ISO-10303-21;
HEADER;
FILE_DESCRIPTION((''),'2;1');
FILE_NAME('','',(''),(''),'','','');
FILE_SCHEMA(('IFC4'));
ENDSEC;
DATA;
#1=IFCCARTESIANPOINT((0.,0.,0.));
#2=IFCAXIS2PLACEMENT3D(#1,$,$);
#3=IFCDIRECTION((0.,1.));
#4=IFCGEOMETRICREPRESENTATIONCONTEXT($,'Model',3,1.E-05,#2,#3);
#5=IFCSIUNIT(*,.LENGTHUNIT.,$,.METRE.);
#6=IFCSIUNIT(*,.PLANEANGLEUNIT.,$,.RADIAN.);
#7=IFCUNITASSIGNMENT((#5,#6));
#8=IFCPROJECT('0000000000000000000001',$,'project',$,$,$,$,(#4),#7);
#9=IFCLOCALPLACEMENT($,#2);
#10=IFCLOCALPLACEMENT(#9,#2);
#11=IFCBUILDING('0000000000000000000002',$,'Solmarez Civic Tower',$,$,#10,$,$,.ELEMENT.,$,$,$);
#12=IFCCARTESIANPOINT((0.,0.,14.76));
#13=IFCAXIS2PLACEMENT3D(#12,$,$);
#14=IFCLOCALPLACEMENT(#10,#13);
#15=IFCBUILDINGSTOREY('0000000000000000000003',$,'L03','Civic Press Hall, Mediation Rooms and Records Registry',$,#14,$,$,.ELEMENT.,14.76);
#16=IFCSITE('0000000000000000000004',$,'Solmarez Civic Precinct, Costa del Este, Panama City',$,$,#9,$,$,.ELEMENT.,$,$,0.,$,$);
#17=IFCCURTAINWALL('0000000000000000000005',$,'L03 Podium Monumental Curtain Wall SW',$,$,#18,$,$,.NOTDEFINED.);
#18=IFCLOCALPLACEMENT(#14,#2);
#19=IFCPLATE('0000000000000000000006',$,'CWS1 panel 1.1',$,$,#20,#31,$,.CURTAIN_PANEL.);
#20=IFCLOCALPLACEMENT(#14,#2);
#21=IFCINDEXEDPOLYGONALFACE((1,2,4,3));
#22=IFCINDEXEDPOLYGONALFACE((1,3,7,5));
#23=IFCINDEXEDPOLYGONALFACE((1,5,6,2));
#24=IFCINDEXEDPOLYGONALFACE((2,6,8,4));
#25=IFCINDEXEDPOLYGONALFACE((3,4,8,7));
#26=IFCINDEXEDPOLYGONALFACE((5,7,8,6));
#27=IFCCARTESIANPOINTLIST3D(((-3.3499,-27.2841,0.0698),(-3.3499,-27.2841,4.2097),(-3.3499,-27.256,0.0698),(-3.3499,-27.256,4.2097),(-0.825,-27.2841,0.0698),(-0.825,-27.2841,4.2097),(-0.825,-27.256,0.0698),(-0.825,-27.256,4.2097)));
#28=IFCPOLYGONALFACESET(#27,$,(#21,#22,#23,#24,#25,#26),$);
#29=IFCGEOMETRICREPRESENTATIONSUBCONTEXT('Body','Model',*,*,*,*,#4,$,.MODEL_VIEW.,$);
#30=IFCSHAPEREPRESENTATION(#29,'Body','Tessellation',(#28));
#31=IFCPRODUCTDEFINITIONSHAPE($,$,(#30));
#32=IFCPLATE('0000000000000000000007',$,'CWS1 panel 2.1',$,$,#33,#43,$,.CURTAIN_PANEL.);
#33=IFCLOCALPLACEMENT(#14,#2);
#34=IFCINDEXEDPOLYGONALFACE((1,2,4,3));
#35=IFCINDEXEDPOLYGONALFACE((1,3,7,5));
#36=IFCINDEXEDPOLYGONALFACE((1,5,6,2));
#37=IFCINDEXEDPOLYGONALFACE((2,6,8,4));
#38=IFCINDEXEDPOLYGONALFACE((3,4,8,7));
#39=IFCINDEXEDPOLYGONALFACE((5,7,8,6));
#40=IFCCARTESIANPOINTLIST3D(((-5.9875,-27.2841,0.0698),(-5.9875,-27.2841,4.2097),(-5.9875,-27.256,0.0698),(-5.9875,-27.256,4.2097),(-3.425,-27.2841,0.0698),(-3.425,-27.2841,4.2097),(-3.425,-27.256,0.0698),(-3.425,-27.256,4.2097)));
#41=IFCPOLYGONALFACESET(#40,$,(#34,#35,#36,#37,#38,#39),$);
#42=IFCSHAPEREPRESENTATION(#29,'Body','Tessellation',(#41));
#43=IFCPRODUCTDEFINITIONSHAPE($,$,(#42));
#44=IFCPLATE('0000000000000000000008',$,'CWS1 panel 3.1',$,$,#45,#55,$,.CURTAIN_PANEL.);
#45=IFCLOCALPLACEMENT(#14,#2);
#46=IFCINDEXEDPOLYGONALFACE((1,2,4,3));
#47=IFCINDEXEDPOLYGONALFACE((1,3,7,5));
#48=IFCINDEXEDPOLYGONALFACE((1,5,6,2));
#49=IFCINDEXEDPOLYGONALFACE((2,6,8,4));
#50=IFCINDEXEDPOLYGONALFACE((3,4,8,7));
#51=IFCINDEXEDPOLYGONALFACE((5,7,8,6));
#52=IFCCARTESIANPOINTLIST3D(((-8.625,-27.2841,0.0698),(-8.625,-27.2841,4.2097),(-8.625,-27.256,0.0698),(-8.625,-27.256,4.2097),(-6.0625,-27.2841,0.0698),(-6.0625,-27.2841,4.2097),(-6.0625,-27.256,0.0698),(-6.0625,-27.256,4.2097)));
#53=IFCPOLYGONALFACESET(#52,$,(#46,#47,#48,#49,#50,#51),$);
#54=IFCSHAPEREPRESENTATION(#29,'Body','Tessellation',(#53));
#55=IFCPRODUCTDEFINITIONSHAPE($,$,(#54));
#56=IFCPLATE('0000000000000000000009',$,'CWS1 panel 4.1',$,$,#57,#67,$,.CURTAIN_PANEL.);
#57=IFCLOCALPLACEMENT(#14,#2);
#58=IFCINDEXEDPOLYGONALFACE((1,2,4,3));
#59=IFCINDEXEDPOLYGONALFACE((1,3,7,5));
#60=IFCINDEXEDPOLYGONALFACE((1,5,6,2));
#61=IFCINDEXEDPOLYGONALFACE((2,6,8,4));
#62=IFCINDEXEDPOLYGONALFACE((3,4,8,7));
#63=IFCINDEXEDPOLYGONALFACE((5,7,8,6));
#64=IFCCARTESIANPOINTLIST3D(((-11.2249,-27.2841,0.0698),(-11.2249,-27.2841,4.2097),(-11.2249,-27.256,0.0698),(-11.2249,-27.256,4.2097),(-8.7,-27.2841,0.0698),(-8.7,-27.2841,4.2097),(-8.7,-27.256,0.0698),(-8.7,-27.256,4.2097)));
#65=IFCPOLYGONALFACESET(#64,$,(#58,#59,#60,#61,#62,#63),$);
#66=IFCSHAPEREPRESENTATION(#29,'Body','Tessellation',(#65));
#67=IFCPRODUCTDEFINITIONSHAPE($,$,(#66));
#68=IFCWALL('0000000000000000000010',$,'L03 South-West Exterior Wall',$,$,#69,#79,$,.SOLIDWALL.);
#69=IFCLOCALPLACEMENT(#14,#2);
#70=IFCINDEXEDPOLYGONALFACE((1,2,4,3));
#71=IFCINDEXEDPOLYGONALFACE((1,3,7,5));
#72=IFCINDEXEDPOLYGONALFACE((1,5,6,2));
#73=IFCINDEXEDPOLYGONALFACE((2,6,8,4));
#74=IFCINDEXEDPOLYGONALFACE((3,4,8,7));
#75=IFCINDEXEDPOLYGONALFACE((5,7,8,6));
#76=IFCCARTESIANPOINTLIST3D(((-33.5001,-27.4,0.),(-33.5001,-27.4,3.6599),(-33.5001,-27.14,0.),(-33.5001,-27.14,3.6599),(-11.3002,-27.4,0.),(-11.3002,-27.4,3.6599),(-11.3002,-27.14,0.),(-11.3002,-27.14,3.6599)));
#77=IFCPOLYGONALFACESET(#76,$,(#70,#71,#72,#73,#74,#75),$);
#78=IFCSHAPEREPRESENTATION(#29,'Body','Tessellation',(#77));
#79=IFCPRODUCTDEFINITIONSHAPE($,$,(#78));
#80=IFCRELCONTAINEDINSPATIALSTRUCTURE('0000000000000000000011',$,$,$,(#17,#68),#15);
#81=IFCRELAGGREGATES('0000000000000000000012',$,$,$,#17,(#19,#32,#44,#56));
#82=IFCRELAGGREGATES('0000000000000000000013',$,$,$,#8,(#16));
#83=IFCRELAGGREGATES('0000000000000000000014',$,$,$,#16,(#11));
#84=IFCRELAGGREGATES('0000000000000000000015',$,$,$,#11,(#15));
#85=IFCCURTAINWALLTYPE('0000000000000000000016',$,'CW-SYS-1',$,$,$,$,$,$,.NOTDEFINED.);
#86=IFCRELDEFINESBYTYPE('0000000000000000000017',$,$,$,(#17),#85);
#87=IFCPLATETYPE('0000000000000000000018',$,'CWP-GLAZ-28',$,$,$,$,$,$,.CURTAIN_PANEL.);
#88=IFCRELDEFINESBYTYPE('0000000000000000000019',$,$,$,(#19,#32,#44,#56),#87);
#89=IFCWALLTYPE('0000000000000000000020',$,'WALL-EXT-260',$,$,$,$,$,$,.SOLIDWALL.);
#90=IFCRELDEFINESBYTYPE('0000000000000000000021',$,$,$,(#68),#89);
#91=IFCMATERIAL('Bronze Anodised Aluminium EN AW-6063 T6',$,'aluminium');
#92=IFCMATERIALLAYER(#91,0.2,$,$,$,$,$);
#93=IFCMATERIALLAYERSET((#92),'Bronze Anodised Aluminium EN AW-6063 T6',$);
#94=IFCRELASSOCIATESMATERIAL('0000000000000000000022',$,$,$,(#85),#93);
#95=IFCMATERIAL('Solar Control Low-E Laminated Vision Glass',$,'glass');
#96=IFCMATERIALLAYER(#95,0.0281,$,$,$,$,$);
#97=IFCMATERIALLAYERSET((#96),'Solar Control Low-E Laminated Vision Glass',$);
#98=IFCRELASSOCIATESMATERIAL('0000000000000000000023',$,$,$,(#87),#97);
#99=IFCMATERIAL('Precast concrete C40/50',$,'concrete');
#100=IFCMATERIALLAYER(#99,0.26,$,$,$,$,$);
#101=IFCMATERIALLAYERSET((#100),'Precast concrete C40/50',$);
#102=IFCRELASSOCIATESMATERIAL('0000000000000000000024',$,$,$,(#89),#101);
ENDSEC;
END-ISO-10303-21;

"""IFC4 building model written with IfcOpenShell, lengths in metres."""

from ifc_helpers import new_model, si_unit, direction, frame, frame_2d, origin, origin_2d, place, context, subcontext, project, spatial, rectangle, extrude, material, layer, layer_set, type_object, element, aggregate, save


model = new_model("IFC4")

# Units and contexts
model_context = context("Model", 3, precision=1e-05, world=origin(), true_north=direction((0.0, 1.0)))
body_context = subcontext(model_context, "Body", "Model", "MODEL_VIEW")
ifc_project = project(units=[si_unit("LENGTHUNIT", "METRE"), si_unit("PLANEANGLEUNIT", "RADIAN")], contexts=[model_context])

# Site, building, storey
site_placement = place(None, origin())
site = spatial("IfcSite", under=ifc_project, at=site_placement, Name="Solmarez Civic Precinct, Costa del Este, Panama City", CompositionType="ELEMENT", RefElevation=0.0)
building_placement = place(site_placement, origin())
building = spatial("IfcBuilding", under=site, at=building_placement, Name="Solmarez Civic Tower", CompositionType="ELEMENT")
storey_placement = place(building_placement, frame((0.0, 0.0, 14.76)))
storey = spatial("IfcBuildingStorey", under=building, at=storey_placement, Name="L03", Description="Civic Press Hall, Mediation Rooms and Records Registry", CompositionType="ELEMENT", Elevation=14.76)

# Curtain wall, plates
ifc_material_1 = material(Name="Bronze Anodised Aluminium EN AW-6063 T6", Category="aluminium")
ifc_layer_1 = layer(ifc_material_1, 0.2)
ifc_layer_set_1 = layer_set([ifc_layer_1], Name="Bronze Anodised Aluminium EN AW-6063 T6")
curtain_wall_type = type_object("IfcCurtainWallType", Name="CW-SYS-1", PredefinedType="NOTDEFINED", material=ifc_layer_set_1)
curtain_wall_placement = place(storey_placement, origin())
curtain_wall = element("IfcCurtainWall", 1, at=curtain_wall_placement, inside=storey, type_object=curtain_wall_type, Name="L03 Podium Monumental Curtain Wall SW", PredefinedType="NOTDEFINED")
ifc_material_2 = material(Name="Solar Control Low-E Laminated Vision Glass", Category="glass")
ifc_layer_2 = layer(ifc_material_2, 0.0281)
ifc_layer_set_2 = layer_set([ifc_layer_2], Name="Solar Control Low-E Laminated Vision Glass")
plate_type = type_object("IfcPlateType", Name="CWP-GLAZ-28", PredefinedType="CURTAIN_PANEL", material=ifc_layer_set_2)
plate_1_placement = place(storey_placement, frame((-2.0874, -27.27, 0.0698), z_axis=(0.0, 0.0, 1.0), x_axis=(-1.0, 0.0, 0.0)))
plate_1 = element("IfcPlate", 2, at=plate_1_placement, type_object=plate_type, Name="CWS1 panel 1.1", PredefinedType="CURTAIN_PANEL", context=body_context, shape_type="SweptSolid", body=[
    extrude(rectangle(XDim=2.5249, YDim=0.0281, at=origin_2d()), origin(), (0.0, 0.0, 1.0), 4.1399),
])
plate_2_placement = place(storey_placement, frame((-4.7063, -27.27, 0.0698), z_axis=(0.0, 0.0, 1.0), x_axis=(-1.0, 0.0, 0.0)))
plate_2 = element("IfcPlate", 3, at=plate_2_placement, type_object=plate_type, Name="CWS1 panel 2.1", PredefinedType="CURTAIN_PANEL", context=body_context, shape_type="SweptSolid", body=[
    extrude(rectangle(XDim=2.5625, YDim=0.0281, at=origin_2d()), origin(), (0.0, 0.0, 1.0), 4.1399),
])
plate_3_placement = place(storey_placement, frame((-7.3438, -27.27, 0.0698), z_axis=(0.0, 0.0, 1.0), x_axis=(-1.0, 0.0, 0.0)))
plate_3 = element("IfcPlate", 4, at=plate_3_placement, type_object=plate_type, Name="CWS1 panel 3.1", PredefinedType="CURTAIN_PANEL", context=body_context, shape_type="SweptSolid", body=[
    extrude(rectangle(XDim=2.5625, YDim=0.0281, at=origin_2d()), origin(), (0.0, 0.0, 1.0), 4.1399),
])
plate_4_placement = place(storey_placement, frame((-9.9624, -27.27, 0.0698), z_axis=(0.0, 0.0, 1.0), x_axis=(-1.0, 0.0, 0.0)))
plate_4 = element("IfcPlate", 5, at=plate_4_placement, type_object=plate_type, Name="CWS1 panel 4.1", PredefinedType="CURTAIN_PANEL", context=body_context, shape_type="SweptSolid", body=[
    extrude(rectangle(XDim=2.5249, YDim=0.0281, at=origin_2d()), origin(), (0.0, 0.0, 1.0), 4.1399),
])
aggregate(curtain_wall, [plate_1, plate_2, plate_3, plate_4])

# Wall
ifc_material_3 = material(Name="Precast concrete C40/50", Category="concrete")
ifc_layer_3 = layer(ifc_material_3, 0.26)
ifc_layer_set_3 = layer_set([ifc_layer_3], Name="Precast concrete C40/50")
wall_type = type_object("IfcWallType", Name="WALL-EXT-260", PredefinedType="SOLIDWALL", material=ifc_layer_set_3)
wall_placement = place(storey_placement, frame((-11.3, -27.27, 0.0), z_axis=(0.0, 0.0, 1.0), x_axis=(-1.0, 0.0, 0.0)))
element("IfcWall", 6, at=wall_placement, inside=storey, type_object=wall_type, Name="L03 South-West Exterior Wall", PredefinedType="SOLIDWALL", context=body_context, shape_type="SweptSolid", body=[
    extrude(rectangle(XDim=22.2, YDim=0.26, at=frame_2d((11.1001, 0.0))), origin(), (0.0, 0.0, 1.0), 3.6599),
])

save(model, "model.ifc")
